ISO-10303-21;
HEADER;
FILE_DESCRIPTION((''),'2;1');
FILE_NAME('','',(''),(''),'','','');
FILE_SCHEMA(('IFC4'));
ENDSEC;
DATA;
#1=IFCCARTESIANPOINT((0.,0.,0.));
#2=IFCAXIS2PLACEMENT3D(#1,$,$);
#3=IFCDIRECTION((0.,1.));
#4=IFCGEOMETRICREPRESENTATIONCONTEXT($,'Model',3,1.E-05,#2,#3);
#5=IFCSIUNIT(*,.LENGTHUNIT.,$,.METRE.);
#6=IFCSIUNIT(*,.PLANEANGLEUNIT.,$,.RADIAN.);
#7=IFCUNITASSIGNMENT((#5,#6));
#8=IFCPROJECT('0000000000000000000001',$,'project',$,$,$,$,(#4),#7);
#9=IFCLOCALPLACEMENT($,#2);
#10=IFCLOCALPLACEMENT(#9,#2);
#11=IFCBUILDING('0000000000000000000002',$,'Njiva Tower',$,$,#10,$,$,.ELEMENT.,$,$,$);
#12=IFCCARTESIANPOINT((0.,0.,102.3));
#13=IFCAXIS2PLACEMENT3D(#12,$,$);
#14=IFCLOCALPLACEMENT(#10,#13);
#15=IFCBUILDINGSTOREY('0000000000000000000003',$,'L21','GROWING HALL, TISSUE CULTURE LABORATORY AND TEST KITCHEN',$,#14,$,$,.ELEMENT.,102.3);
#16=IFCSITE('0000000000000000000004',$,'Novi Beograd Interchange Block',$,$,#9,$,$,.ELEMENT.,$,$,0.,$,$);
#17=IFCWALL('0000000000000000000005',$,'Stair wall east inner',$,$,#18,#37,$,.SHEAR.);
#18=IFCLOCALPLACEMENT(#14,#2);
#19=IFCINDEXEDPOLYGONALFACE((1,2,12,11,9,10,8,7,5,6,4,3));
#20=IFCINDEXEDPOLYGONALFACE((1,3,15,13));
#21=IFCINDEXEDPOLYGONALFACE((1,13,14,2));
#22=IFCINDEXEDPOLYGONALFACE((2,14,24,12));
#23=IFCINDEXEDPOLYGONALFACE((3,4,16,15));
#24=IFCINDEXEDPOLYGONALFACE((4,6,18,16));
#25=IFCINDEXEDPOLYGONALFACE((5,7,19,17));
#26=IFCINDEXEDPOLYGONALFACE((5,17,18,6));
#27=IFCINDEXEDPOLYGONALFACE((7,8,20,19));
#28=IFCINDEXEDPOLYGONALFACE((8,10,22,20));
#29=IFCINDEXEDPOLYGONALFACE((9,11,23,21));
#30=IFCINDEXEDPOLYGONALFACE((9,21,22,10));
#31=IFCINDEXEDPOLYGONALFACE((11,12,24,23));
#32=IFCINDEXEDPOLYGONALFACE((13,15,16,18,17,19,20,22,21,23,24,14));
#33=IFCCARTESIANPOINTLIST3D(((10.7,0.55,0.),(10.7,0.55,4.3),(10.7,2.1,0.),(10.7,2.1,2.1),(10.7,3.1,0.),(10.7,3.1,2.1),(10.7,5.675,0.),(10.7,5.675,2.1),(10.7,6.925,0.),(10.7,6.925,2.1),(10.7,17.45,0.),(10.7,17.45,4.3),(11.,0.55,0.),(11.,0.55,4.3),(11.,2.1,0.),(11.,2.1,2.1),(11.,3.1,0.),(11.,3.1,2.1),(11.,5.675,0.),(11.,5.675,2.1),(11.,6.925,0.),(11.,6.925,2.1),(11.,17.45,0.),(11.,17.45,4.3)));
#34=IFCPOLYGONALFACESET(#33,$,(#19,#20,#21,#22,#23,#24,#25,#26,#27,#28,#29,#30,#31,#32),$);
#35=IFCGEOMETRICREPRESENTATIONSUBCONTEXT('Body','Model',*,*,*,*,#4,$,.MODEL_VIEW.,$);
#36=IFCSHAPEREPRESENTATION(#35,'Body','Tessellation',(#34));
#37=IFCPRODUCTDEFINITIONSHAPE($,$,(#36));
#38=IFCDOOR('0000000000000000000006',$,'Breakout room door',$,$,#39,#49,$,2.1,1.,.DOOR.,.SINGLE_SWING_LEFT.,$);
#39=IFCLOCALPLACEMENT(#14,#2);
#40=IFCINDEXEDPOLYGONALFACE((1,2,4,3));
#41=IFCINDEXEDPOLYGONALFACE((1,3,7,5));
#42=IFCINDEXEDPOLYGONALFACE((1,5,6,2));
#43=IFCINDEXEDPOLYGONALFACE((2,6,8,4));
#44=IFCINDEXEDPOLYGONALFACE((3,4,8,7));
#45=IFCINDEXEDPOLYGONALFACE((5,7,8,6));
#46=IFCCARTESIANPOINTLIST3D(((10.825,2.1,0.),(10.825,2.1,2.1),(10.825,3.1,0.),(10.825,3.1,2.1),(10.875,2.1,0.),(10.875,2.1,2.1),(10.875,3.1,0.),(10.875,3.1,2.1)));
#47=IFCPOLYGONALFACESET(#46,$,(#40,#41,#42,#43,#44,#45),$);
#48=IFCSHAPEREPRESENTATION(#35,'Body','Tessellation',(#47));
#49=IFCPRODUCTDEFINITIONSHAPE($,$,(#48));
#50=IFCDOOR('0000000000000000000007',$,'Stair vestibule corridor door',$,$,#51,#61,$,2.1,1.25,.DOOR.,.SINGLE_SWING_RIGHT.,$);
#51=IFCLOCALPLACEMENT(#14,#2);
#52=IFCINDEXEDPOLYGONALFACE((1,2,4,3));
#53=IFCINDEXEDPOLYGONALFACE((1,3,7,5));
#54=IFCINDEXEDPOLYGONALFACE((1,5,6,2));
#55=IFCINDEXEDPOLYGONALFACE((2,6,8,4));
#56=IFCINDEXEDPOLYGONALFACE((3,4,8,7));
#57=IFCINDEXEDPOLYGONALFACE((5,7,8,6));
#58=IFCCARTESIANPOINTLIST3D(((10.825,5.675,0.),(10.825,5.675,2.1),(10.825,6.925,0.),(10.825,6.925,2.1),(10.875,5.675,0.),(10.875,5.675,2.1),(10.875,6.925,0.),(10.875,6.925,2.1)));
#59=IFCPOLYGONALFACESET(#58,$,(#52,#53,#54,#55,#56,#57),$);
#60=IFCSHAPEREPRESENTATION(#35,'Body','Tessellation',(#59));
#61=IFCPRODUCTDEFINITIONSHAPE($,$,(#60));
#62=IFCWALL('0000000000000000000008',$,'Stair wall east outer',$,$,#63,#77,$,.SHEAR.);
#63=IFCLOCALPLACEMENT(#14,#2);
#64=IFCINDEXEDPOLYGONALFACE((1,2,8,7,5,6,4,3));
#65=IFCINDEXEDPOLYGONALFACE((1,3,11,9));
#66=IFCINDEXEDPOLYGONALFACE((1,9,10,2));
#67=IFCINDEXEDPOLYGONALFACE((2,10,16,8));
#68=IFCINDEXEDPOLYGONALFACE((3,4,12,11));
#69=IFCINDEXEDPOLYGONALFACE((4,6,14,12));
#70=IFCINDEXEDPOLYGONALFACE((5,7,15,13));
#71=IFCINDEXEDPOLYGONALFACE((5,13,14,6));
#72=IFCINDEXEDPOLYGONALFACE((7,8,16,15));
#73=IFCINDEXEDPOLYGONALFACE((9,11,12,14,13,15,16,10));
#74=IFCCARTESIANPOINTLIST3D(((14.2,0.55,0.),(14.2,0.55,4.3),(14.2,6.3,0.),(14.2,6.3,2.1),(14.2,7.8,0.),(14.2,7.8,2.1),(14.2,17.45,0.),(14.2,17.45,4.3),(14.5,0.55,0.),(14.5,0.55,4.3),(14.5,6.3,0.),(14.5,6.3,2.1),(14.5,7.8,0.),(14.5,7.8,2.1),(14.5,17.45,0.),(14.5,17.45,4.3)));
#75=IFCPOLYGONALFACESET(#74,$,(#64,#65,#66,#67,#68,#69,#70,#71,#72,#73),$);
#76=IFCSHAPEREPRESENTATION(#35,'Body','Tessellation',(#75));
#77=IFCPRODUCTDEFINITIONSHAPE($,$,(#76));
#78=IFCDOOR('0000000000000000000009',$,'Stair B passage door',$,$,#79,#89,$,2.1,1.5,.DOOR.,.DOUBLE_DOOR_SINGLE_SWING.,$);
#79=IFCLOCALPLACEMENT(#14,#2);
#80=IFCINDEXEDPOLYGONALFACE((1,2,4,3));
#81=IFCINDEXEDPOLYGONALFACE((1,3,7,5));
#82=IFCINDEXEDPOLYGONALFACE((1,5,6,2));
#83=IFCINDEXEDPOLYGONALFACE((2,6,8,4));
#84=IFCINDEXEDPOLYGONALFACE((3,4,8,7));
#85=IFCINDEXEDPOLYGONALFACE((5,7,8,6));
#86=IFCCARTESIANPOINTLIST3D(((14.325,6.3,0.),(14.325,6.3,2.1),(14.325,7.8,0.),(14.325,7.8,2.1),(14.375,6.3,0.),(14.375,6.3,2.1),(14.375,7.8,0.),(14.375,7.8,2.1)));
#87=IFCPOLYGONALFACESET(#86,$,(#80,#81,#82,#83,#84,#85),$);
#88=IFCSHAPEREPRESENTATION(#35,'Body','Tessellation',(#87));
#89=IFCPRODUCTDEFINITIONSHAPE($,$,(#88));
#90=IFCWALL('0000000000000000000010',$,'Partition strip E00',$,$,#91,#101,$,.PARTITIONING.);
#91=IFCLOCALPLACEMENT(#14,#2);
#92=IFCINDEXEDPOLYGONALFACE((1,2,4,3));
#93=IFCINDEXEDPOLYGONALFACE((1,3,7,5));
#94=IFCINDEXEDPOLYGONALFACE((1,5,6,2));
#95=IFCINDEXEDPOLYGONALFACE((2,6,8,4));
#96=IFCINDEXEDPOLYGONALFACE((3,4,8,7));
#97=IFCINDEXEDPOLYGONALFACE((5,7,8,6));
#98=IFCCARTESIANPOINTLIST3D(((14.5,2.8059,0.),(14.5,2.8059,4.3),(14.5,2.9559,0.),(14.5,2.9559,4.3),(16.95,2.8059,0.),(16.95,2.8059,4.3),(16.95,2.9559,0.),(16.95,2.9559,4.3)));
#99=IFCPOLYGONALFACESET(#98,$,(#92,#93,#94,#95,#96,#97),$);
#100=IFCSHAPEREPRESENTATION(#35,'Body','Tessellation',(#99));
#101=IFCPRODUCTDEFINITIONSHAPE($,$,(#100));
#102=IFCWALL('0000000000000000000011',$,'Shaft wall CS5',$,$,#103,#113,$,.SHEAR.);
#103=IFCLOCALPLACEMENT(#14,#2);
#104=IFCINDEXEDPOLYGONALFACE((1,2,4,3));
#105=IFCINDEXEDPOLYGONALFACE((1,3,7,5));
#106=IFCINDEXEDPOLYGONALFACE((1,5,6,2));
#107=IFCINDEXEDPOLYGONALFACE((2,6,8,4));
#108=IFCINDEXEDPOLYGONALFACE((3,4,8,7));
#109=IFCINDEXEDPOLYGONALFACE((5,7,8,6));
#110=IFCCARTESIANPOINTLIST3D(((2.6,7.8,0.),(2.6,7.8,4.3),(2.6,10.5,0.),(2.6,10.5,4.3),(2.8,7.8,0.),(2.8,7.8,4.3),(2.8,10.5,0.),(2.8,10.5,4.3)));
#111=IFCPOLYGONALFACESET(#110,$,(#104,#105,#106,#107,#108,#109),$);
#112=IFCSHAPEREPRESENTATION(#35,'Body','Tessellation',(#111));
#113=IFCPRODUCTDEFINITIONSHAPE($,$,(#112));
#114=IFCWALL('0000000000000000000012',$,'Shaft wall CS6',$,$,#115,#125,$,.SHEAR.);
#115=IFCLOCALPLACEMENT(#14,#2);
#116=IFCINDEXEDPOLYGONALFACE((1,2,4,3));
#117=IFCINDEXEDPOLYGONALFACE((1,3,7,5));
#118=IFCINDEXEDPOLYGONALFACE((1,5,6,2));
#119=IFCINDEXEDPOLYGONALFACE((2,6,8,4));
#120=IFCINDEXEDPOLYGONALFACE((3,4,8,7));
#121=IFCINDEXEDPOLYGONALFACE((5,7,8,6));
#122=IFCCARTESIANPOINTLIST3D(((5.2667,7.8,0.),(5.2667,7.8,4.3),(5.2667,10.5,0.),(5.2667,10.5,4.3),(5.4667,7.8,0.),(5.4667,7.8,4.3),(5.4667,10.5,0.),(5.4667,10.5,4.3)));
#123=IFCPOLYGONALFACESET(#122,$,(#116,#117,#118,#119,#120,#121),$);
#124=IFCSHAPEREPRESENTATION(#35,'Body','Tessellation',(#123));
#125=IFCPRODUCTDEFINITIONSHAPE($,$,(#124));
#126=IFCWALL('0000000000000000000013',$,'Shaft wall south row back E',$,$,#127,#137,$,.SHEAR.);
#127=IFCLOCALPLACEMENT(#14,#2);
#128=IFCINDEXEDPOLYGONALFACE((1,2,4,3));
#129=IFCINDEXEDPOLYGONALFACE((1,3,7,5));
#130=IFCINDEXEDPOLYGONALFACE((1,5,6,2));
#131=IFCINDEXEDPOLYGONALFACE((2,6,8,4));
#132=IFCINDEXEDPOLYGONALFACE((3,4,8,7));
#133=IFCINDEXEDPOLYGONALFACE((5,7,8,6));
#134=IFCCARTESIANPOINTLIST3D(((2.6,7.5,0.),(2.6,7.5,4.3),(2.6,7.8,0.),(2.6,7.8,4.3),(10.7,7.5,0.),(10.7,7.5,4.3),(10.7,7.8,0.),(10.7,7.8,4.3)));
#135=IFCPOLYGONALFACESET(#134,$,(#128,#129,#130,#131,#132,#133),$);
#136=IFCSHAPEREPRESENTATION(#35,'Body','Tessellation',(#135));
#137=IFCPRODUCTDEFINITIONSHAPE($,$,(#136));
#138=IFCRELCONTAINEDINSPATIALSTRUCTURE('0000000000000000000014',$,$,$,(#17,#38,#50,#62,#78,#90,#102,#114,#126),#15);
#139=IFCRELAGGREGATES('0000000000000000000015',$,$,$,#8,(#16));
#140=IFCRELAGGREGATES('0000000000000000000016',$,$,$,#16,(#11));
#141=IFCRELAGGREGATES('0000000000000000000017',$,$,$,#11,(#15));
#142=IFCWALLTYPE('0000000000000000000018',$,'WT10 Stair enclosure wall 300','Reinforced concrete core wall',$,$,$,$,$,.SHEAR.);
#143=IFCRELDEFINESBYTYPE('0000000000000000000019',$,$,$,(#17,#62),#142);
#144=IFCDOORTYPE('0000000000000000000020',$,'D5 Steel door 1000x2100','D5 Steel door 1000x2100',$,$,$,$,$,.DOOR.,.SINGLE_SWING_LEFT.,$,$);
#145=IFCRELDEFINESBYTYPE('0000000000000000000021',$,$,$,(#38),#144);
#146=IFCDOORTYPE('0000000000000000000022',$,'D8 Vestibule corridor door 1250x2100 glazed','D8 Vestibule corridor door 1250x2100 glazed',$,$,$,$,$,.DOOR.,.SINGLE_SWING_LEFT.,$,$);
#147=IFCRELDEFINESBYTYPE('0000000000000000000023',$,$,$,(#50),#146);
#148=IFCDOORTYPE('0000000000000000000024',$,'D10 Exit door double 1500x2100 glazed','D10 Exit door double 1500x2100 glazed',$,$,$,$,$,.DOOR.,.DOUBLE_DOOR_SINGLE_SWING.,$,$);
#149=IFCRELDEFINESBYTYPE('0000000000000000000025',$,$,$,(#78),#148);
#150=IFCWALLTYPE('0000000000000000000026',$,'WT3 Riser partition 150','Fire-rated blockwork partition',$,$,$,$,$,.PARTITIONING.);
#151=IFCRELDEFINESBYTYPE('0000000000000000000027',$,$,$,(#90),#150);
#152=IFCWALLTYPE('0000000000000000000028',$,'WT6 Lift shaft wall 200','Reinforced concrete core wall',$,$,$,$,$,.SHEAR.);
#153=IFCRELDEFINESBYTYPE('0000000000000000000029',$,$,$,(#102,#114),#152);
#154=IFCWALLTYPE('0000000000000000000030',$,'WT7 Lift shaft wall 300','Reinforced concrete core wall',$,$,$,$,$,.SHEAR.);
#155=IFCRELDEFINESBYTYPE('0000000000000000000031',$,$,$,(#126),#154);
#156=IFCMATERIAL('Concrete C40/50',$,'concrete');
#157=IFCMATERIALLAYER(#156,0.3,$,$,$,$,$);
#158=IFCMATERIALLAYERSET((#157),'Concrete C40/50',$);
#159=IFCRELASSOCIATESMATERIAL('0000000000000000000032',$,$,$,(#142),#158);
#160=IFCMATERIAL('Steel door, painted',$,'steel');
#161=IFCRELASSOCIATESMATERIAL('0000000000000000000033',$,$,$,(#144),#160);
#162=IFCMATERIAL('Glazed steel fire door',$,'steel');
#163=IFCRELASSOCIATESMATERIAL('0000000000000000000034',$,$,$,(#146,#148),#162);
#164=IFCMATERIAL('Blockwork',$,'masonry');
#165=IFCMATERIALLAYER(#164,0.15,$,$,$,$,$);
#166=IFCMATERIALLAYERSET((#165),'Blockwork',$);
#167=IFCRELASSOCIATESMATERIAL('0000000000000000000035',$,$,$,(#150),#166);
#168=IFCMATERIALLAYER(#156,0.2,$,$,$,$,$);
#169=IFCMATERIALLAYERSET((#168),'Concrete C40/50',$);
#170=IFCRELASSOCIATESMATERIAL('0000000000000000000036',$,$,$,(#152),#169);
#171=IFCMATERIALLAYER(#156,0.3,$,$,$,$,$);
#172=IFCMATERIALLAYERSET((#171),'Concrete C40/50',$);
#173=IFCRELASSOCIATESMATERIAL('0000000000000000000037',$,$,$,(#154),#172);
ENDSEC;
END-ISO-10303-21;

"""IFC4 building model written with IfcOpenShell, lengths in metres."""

from ifc_helpers import new_model, si_unit, direction, frame, frame_2d, origin, place, context, subcontext, project, spatial, rectangle, extrude, material, layer, layer_set, type_object, element, fill, save


model = new_model("IFC4")

# Units and contexts
model_context = context("Model", 3, precision=1e-05, world=origin(), true_north=direction((0.0, 1.0)))
body_context = subcontext(model_context, "Body", "Model", "MODEL_VIEW")
ifc_project = project(units=[si_unit("LENGTHUNIT", "METRE"), si_unit("PLANEANGLEUNIT", "RADIAN")], contexts=[model_context])

# Site, building, storey
site_placement = place(None, origin())
site = spatial("IfcSite", under=ifc_project, at=site_placement, Name="Novi Beograd Interchange Block", CompositionType="ELEMENT", RefElevation=0.0)
building_placement = place(site_placement, origin())
building = spatial("IfcBuilding", under=site, at=building_placement, Name="Njiva Tower", CompositionType="ELEMENT")
storey_placement = place(building_placement, frame((0.0, 0.0, 102.3)))
storey = spatial("IfcBuildingStorey", under=building, at=storey_placement, Name="L21", Description="GROWING HALL, TISSUE CULTURE LABORATORY AND TEST KITCHEN", CompositionType="ELEMENT", Elevation=102.3)

# Shared definitions
ifc_material_1 = material(Name="Concrete C40/50", Category="concrete")

# Shared definitions
ifc_material_2 = material(Name="Blockwork", Category="masonry")

# Wall, openings, doors
ifc_layer_1 = layer(ifc_material_1, 0.3)
ifc_layer_set_1 = layer_set([ifc_layer_1], Name="Concrete C40/50")
wall_type_1 = type_object("IfcWallType", Name="WT10 Stair enclosure wall 300", Description="Reinforced concrete core wall", PredefinedType="SHEAR", material=ifc_layer_set_1)
wall_1_placement = place(storey_placement, frame((10.85, 0.55, 0.0), z_axis=(0.0, 0.0, 1.0), x_axis=(0.0, 1.0, 0.0)))
wall_1 = element("IfcWall", 1, at=wall_1_placement, inside=storey, type_object=wall_type_1, Name="Stair wall east inner", PredefinedType="SHEAR", context=body_context, shape_type="SweptSolid", body=[
    extrude(rectangle(XDim=16.9, YDim=0.3, at=frame_2d((8.45, 0.0))), origin(), (0.0, 0.0, 1.0), 4.3),
])
opening_1_placement = place(wall_1_placement, frame((5.125, 0.0, 0.0)))
opening_1 = element("IfcOpeningElement", 2, at=opening_1_placement, cuts=wall_1, PredefinedType="OPENING", context=body_context, shape_type="SweptSolid", body=[
    extrude(rectangle(XDim=1.25, YDim=2.1, at=frame_2d((0.625, 1.05))), frame((0.0, 0.16, 0.0), z_axis=(0.0, -1.0, 0.0), x_axis=(1.0, 0.0, 0.0)), (0.0, 0.0, 1.0), 0.32),
])
opening_2_placement = place(wall_1_placement, frame((1.55, 0.0, 0.0)))
opening_2 = element("IfcOpeningElement", 3, at=opening_2_placement, cuts=wall_1, PredefinedType="OPENING", context=body_context, shape_type="SweptSolid", body=[
    extrude(rectangle(XDim=1.0, YDim=2.1, at=frame_2d((0.5, 1.05))), frame((0.0, 0.16, 0.0), z_axis=(0.0, -1.0, 0.0), x_axis=(1.0, 0.0, 0.0)), (0.0, 0.0, 1.0), 0.32),
])
ifc_material_3 = material(Name="Steel door, painted", Category="steel")
door_type_1 = type_object("IfcDoorType", Name="D5 Steel door 1000x2100", Description="D5 Steel door 1000x2100", OperationType="SINGLE_SWING_LEFT", PredefinedType="DOOR", material=ifc_material_3)
door_1_placement = place(opening_2_placement, origin())
door_1 = element("IfcDoor", 4, at=door_1_placement, inside=storey, type_object=door_type_1, Name="Breakout room door", OperationType="SINGLE_SWING_LEFT", OverallHeight=2.1, OverallWidth=1.0, PredefinedType="DOOR", context=body_context, shape_type="SweptSolid", body=[
    extrude(rectangle(XDim=1.0, YDim=2.1, at=frame_2d((0.5, 1.05))), frame((0.0, 0.025, 0.0), z_axis=(0.0, -1.0, 0.0), x_axis=(1.0, 0.0, 0.0)), (0.0, 0.0, 1.0), 0.05),
])
fill(opening_2, door_1)
ifc_material_4 = material(Name="Glazed steel fire door", Category="steel")
door_type_2 = type_object("IfcDoorType", Name="D8 Vestibule corridor door 1250x2100 glazed", Description="D8 Vestibule corridor door 1250x2100 glazed", OperationType="SINGLE_SWING_LEFT", PredefinedType="DOOR", material=ifc_material_4)
door_2_placement = place(opening_1_placement, origin())
door_2 = element("IfcDoor", 5, at=door_2_placement, inside=storey, type_object=door_type_2, Name="Stair vestibule corridor door", OperationType="SINGLE_SWING_RIGHT", OverallHeight=2.1, OverallWidth=1.25, PredefinedType="DOOR", context=body_context, shape_type="SweptSolid", body=[
    extrude(rectangle(XDim=1.25, YDim=2.1, at=frame_2d((0.625, 1.05))), frame((0.0, 0.025, 0.0), z_axis=(0.0, -1.0, 0.0), x_axis=(1.0, 0.0, 0.0)), (0.0, 0.0, 1.0), 0.05),
])
fill(opening_1, door_2)

# Wall, opening, door
wall_2_placement = place(storey_placement, frame((14.35, 0.55, 0.0), z_axis=(0.0, 0.0, 1.0), x_axis=(0.0, 1.0, 0.0)))
wall_2 = element("IfcWall", 6, at=wall_2_placement, inside=storey, type_object=wall_type_1, Name="Stair wall east outer", PredefinedType="SHEAR", context=body_context, shape_type="SweptSolid", body=[
    extrude(rectangle(XDim=16.9, YDim=0.3, at=frame_2d((8.45, 0.0))), origin(), (0.0, 0.0, 1.0), 4.3),
])
opening_3_placement = place(wall_2_placement, frame((5.75, 0.0, 0.0)))
opening_3 = element("IfcOpeningElement", 7, at=opening_3_placement, cuts=wall_2, PredefinedType="OPENING", context=body_context, shape_type="SweptSolid", body=[
    extrude(rectangle(XDim=1.5, YDim=2.1, at=frame_2d((0.75, 1.05))), frame((0.0, 0.16, 0.0), z_axis=(0.0, -1.0, 0.0), x_axis=(1.0, 0.0, 0.0)), (0.0, 0.0, 1.0), 0.32),
])
door_type_3 = type_object("IfcDoorType", Name="D10 Exit door double 1500x2100 glazed", Description="D10 Exit door double 1500x2100 glazed", OperationType="DOUBLE_DOOR_SINGLE_SWING", PredefinedType="DOOR", material=ifc_material_4)
door_3_placement = place(opening_3_placement, origin())
door_3 = element("IfcDoor", 8, at=door_3_placement, inside=storey, type_object=door_type_3, Name="Stair B passage door", OperationType="DOUBLE_DOOR_SINGLE_SWING", OverallHeight=2.1, OverallWidth=1.5, PredefinedType="DOOR", context=body_context, shape_type="SweptSolid", body=[
    extrude(rectangle(XDim=1.5, YDim=2.1, at=frame_2d((0.75, 1.05))), frame((0.0, 0.025, 0.0), z_axis=(0.0, -1.0, 0.0), x_axis=(1.0, 0.0, 0.0)), (0.0, 0.0, 1.0), 0.05),
])
fill(opening_3, door_3)

# Walls
ifc_layer_2 = layer(ifc_material_2, 0.15)
ifc_layer_set_2 = layer_set([ifc_layer_2], Name="Blockwork")
wall_type_2 = type_object("IfcWallType", Name="WT3 Riser partition 150", Description="Fire-rated blockwork partition", PredefinedType="PARTITIONING", material=ifc_layer_set_2)
wall_3_placement = place(storey_placement, frame((14.5, 2.8809, 0.0), z_axis=(0.0, 0.0, 1.0), x_axis=(1.0, 0.0, 0.0)))
element("IfcWall", 9, at=wall_3_placement, inside=storey, type_object=wall_type_2, Name="Partition strip E00", PredefinedType="PARTITIONING", context=body_context, shape_type="SweptSolid", body=[
    extrude(rectangle(XDim=2.45, YDim=0.15, at=frame_2d((1.225, 0.0))), origin(), (0.0, 0.0, 1.0), 4.3),
])
ifc_layer_3 = layer(ifc_material_1, 0.2)
ifc_layer_set_3 = layer_set([ifc_layer_3], Name="Concrete C40/50")
wall_type_3 = type_object("IfcWallType", Name="WT6 Lift shaft wall 200", Description="Reinforced concrete core wall", PredefinedType="SHEAR", material=ifc_layer_set_3)
for number, where, z_axis, x_axis, name in (
    (10, (2.7, 7.8, 0.0), (0.0, 0.0, 1.0), (0.0, 1.0, 0.0), "Shaft wall CS5"),
    (11, (5.3667, 7.8, 0.0), (0.0, 0.0, 1.0), (0.0, 1.0, 0.0), "Shaft wall CS6"),
):
    element("IfcWall", number, at=place(storey_placement, frame(where, z_axis=z_axis, x_axis=x_axis)), inside=storey, type_object=wall_type_3, Name=name, PredefinedType="SHEAR", context=body_context, shape_type="SweptSolid", body=[
        extrude(rectangle(XDim=2.7, YDim=0.2, at=frame_2d((1.35, 0.0))), origin(), (0.0, 0.0, 1.0), 4.3),
    ])
ifc_layer_4 = layer(ifc_material_1, 0.3)
ifc_layer_set_4 = layer_set([ifc_layer_4], Name="Concrete C40/50")
wall_type_4 = type_object("IfcWallType", Name="WT7 Lift shaft wall 300", Description="Reinforced concrete core wall", PredefinedType="SHEAR", material=ifc_layer_set_4)
wall_4_placement = place(storey_placement, frame((2.6, 7.65, 0.0), z_axis=(0.0, 0.0, 1.0), x_axis=(1.0, 0.0, 0.0)))
element("IfcWall", 12, at=wall_4_placement, inside=storey, type_object=wall_type_4, Name="Shaft wall south row back E", PredefinedType="SHEAR", context=body_context, shape_type="SweptSolid", body=[
    extrude(rectangle(XDim=8.1, YDim=0.3, at=frame_2d((4.05, 0.0))), origin(), (0.0, 0.0, 1.0), 4.3),
])

save(model, "model.ifc")
